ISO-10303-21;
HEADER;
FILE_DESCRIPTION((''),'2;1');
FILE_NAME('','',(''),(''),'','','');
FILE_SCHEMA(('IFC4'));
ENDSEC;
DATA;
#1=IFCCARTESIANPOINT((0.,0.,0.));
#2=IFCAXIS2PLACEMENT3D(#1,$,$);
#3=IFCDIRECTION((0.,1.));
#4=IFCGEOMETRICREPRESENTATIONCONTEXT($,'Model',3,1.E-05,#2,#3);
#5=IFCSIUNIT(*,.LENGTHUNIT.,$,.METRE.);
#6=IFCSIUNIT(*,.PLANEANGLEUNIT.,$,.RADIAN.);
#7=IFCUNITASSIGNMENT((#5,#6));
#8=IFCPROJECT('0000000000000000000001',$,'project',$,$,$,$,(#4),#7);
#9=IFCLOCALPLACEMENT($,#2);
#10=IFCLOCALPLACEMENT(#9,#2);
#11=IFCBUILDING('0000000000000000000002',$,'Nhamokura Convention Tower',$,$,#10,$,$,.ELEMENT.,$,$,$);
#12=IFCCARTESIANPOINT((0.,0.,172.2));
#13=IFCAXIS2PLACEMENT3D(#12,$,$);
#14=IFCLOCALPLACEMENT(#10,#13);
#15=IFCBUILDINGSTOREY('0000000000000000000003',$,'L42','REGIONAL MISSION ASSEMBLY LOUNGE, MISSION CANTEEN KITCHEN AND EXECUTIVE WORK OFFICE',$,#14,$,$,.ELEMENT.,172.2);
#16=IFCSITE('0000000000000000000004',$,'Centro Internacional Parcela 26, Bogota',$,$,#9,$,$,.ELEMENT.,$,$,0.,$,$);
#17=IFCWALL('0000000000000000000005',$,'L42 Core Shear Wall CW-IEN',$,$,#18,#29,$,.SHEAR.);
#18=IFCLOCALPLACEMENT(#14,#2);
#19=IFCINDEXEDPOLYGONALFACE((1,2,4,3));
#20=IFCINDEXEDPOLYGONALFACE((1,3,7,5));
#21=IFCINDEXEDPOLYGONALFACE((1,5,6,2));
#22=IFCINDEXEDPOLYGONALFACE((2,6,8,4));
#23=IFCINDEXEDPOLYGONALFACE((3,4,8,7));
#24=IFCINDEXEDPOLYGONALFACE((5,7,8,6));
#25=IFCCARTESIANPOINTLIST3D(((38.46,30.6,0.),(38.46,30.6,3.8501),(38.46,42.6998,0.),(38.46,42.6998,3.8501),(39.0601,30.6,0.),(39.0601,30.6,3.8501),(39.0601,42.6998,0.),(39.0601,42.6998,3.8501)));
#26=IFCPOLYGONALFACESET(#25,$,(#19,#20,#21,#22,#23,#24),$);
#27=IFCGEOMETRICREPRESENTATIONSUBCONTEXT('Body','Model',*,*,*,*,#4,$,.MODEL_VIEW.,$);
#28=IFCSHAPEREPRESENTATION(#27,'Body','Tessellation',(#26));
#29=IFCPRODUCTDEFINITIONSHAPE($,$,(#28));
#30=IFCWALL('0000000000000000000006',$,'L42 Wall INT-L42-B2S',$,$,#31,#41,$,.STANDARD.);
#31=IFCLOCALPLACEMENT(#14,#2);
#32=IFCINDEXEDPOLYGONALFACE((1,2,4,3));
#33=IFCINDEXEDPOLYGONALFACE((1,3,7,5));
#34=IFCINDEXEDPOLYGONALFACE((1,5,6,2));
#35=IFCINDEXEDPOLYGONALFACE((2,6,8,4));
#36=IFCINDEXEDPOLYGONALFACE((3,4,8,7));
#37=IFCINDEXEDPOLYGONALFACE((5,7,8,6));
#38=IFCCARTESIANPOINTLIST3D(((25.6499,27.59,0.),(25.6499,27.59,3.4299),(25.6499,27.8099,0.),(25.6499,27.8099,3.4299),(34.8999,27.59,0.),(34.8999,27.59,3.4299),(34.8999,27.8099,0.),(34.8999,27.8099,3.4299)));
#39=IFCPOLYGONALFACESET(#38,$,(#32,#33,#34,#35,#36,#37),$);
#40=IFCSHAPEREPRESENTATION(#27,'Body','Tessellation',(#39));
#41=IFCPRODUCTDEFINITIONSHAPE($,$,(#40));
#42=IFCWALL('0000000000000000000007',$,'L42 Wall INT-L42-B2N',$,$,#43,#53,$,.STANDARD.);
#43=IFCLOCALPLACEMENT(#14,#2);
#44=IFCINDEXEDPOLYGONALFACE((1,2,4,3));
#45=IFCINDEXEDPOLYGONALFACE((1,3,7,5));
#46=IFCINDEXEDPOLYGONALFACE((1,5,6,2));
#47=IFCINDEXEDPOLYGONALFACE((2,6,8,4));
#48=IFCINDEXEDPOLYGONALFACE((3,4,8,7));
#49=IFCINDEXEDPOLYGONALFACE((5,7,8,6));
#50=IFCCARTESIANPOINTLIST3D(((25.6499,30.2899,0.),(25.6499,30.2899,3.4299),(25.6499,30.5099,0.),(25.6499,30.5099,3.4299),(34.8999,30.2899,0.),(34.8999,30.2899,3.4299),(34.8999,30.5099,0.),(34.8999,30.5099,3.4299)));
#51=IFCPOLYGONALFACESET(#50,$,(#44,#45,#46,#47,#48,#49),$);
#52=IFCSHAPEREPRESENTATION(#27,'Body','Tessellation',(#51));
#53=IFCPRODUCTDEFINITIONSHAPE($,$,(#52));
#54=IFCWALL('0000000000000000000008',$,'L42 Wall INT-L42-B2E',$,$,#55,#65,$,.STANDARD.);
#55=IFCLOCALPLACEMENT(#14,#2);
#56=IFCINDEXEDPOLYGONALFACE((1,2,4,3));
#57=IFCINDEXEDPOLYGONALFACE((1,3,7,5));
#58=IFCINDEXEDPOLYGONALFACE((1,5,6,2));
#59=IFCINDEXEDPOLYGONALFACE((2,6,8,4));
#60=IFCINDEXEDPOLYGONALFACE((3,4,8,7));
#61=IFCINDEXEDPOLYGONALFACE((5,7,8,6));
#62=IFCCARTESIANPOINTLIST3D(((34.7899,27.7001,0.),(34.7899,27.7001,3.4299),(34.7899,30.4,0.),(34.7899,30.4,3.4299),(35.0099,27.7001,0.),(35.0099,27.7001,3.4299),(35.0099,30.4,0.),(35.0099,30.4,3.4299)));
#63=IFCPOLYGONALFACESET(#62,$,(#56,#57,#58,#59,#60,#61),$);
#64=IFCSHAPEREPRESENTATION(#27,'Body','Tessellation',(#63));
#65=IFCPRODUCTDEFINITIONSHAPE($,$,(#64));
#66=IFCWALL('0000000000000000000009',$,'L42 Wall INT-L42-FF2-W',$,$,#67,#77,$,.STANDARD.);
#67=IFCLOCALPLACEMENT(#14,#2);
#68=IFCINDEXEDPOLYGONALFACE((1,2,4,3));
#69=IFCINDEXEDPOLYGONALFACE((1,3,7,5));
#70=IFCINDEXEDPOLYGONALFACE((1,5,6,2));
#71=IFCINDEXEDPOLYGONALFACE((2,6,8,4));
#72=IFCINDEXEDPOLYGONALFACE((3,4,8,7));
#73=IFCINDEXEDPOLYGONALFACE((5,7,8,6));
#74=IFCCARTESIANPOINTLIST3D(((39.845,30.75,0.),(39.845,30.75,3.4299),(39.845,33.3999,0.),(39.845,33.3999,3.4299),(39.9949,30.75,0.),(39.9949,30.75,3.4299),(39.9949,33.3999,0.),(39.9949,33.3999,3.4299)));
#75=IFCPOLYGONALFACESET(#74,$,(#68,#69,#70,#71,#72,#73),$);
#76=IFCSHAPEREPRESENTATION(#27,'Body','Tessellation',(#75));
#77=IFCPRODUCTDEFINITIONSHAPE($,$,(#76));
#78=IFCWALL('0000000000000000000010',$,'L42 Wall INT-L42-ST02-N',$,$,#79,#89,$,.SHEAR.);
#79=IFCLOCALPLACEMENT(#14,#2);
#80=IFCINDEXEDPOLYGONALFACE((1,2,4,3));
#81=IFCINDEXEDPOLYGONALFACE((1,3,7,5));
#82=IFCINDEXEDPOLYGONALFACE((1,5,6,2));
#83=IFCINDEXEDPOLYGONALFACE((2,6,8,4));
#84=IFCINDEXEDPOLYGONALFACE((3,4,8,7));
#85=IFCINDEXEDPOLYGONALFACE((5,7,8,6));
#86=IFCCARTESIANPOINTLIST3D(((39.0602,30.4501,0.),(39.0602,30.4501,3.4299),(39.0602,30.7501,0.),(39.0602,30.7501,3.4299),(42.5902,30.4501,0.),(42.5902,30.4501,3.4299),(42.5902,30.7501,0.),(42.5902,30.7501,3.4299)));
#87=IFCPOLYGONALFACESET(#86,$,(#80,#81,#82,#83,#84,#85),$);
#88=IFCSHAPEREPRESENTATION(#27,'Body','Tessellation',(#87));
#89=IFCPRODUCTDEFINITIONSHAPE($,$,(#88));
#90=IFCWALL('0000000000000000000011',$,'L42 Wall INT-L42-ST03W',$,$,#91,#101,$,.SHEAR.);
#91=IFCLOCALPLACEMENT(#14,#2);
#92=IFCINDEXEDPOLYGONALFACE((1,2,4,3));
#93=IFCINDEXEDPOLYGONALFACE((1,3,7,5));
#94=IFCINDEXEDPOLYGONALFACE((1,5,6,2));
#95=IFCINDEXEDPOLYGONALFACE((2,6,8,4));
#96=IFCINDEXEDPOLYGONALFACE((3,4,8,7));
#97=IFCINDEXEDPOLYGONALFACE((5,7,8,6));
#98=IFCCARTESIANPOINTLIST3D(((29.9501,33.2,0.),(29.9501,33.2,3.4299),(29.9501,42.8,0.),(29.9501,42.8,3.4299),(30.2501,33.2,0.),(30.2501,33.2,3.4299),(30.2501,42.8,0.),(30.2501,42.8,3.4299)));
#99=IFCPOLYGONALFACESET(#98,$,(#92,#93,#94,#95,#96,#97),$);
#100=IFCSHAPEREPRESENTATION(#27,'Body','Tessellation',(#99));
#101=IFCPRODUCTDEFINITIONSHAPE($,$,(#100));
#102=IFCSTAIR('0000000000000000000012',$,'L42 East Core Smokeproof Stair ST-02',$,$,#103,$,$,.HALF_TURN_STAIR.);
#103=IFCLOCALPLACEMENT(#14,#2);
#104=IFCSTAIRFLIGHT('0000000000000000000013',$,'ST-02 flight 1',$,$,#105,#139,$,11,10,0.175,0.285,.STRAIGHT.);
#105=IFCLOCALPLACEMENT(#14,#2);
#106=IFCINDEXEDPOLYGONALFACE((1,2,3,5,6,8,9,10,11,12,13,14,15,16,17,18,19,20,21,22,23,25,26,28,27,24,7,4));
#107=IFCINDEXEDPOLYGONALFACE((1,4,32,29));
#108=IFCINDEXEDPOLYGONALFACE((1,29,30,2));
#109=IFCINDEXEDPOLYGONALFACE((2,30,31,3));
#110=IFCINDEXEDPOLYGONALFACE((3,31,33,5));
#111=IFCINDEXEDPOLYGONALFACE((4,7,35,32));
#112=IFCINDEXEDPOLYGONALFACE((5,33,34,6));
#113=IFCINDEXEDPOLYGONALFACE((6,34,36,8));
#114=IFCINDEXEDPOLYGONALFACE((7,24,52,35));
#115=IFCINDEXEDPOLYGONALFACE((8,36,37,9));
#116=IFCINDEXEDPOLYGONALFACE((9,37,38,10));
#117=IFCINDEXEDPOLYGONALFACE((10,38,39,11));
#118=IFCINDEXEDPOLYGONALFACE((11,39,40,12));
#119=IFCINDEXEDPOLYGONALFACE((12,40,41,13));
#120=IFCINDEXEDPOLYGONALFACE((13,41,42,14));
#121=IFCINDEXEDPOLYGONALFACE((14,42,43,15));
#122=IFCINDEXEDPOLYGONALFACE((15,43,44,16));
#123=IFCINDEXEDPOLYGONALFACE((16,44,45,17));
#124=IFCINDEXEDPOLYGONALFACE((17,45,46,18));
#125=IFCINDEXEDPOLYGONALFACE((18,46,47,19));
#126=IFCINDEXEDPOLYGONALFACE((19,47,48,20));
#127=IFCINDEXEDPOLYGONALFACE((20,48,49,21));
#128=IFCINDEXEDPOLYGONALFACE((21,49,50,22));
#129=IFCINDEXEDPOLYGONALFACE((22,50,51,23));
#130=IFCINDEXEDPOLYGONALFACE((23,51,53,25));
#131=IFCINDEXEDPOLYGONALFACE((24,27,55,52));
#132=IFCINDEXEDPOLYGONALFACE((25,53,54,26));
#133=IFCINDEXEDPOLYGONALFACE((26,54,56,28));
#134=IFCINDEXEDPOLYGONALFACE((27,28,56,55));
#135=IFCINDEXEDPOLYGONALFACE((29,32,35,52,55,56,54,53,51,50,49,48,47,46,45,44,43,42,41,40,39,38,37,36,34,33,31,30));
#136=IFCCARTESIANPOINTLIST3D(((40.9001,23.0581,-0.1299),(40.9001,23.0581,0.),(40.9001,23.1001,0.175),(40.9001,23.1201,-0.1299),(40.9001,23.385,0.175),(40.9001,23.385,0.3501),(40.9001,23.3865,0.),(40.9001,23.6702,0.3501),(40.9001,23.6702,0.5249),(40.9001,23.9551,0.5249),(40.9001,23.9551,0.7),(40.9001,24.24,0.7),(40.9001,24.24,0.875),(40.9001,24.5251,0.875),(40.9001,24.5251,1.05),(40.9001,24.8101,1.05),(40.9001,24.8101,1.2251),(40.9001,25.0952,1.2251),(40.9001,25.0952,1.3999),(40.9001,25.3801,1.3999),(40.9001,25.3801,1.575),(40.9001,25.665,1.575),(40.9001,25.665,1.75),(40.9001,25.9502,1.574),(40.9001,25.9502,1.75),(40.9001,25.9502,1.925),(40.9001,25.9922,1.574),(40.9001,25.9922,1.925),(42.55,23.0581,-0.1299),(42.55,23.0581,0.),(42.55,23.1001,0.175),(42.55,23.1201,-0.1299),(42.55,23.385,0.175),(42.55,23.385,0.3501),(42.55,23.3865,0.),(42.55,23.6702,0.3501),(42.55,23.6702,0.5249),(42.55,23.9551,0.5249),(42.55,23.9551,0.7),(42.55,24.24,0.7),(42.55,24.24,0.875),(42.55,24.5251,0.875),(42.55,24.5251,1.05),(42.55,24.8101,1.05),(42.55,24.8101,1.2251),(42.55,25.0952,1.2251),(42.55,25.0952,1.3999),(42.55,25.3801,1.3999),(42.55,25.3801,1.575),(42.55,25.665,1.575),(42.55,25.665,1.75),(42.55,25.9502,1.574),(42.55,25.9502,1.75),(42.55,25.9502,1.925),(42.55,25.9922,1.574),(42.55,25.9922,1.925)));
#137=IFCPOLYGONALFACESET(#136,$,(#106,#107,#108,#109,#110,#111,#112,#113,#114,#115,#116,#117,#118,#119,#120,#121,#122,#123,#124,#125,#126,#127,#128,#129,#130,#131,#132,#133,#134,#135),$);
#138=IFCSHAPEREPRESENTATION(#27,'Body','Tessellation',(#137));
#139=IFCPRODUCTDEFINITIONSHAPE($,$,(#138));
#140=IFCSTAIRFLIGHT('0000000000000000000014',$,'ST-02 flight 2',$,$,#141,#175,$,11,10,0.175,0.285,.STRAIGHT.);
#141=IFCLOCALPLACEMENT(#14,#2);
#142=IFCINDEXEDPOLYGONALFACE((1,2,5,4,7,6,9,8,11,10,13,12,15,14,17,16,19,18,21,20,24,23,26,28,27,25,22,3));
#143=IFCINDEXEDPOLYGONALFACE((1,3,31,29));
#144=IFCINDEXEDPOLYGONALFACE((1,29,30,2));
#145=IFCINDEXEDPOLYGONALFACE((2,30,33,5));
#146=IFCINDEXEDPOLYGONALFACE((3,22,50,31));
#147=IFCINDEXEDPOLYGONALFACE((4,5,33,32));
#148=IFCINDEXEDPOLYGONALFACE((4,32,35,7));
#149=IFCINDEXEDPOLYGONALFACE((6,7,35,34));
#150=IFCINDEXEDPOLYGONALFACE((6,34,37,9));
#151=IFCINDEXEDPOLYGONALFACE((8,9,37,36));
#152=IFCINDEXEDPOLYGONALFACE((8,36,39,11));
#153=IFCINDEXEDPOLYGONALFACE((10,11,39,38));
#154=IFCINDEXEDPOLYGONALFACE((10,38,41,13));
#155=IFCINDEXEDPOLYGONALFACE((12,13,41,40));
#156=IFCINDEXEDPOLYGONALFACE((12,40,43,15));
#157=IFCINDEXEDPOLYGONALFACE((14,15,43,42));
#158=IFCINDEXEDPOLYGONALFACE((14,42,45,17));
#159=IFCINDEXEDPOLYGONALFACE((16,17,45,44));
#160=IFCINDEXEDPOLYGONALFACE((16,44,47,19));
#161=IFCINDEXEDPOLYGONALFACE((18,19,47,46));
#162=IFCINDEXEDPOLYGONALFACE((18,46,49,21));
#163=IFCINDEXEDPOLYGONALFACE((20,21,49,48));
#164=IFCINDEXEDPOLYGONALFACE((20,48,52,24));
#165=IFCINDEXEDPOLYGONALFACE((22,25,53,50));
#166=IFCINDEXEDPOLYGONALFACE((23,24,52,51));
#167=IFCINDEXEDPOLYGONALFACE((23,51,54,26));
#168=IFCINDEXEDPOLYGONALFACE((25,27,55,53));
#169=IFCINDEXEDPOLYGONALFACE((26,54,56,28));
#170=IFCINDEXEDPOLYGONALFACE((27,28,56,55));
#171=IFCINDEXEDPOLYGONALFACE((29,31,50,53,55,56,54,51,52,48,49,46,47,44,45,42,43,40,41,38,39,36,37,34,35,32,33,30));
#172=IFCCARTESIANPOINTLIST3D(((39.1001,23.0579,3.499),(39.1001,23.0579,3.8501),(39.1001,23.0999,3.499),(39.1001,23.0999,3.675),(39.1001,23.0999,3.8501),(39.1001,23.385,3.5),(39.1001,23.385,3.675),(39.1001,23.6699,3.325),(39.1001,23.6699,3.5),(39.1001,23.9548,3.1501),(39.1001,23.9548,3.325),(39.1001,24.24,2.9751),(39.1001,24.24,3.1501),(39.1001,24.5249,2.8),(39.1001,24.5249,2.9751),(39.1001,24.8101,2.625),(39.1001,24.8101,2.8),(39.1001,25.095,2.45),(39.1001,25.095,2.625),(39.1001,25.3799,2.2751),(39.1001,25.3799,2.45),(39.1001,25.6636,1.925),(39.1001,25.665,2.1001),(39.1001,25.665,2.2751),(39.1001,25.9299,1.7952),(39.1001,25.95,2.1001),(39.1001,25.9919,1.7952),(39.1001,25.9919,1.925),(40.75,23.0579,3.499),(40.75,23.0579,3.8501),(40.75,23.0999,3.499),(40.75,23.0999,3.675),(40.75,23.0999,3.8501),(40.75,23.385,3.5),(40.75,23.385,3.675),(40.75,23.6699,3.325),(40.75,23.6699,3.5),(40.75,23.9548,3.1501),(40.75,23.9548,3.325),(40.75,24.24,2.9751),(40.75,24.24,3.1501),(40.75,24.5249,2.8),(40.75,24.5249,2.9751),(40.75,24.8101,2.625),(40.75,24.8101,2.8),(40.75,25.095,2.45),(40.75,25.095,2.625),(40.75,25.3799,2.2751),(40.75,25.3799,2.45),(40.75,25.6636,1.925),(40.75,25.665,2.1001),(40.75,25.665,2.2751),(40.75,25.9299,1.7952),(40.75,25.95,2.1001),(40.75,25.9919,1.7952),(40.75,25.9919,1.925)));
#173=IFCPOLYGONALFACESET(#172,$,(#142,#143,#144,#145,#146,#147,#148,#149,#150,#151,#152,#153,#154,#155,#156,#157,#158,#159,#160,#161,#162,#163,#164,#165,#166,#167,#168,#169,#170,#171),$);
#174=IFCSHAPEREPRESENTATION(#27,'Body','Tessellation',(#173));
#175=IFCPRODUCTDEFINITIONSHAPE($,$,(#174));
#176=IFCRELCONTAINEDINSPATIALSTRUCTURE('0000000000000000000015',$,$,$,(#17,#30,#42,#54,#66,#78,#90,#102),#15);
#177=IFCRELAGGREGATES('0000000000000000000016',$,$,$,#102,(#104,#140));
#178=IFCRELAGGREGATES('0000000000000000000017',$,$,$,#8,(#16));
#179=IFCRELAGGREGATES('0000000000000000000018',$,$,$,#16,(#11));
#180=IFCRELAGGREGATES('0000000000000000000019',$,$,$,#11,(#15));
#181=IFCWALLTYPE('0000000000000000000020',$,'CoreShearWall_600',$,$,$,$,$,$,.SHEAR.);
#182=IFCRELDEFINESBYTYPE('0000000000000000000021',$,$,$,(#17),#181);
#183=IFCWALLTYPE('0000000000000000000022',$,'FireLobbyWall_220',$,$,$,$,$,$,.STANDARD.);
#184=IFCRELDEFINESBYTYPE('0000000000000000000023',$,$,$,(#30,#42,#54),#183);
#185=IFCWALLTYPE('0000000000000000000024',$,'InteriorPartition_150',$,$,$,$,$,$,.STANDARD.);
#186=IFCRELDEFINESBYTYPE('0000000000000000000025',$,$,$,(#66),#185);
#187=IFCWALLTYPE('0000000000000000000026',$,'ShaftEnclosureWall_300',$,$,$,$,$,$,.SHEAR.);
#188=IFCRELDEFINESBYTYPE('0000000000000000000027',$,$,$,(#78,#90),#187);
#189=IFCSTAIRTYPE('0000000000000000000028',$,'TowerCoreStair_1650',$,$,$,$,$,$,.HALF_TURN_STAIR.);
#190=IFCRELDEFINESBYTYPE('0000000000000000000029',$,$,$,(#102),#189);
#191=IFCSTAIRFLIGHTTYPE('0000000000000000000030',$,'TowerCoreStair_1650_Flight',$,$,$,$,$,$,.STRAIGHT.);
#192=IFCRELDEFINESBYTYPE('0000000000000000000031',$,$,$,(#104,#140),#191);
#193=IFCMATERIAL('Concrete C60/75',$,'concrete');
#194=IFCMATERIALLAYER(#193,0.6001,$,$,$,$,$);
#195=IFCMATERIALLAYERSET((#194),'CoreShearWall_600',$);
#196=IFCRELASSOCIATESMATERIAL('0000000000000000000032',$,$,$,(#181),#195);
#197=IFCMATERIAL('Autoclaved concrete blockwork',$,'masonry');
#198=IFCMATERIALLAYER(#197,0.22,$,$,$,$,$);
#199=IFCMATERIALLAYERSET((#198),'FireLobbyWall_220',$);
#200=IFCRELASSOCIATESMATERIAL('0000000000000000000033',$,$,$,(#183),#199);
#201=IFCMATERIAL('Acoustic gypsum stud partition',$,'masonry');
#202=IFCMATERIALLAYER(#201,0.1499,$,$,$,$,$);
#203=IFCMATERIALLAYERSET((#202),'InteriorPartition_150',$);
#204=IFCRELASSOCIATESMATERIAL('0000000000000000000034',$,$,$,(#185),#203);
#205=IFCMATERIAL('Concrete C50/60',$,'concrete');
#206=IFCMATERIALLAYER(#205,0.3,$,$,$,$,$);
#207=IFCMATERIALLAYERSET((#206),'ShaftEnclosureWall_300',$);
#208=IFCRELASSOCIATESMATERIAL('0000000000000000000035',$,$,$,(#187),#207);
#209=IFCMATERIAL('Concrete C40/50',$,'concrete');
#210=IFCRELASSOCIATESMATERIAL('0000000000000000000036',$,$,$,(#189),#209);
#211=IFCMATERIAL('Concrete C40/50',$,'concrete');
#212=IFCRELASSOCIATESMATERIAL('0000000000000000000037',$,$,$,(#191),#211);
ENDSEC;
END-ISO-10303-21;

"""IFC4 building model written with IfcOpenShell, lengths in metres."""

from ifc_helpers import new_model, si_unit, direction, frame, frame_2d, origin, place, context, subcontext, project, spatial, polyline, rectangle, outline, extrude, material, layer, layer_set, type_object, element, aggregate, save


model = new_model("IFC4")

# Units and contexts
model_context = context("Model", 3, precision=1e-05, world=origin(), true_north=direction((0.0, 1.0)))
body_context = subcontext(model_context, "Body", "Model", "MODEL_VIEW")
ifc_project = project(units=[si_unit("LENGTHUNIT", "METRE"), si_unit("PLANEANGLEUNIT", "RADIAN")], contexts=[model_context])

# Site, building, storey
site_placement = place(None, origin())
site = spatial("IfcSite", under=ifc_project, at=site_placement, Name="Centro Internacional Parcela 26, Bogota", CompositionType="ELEMENT", RefElevation=0.0)
building_placement = place(site_placement, origin())
building = spatial("IfcBuilding", under=site, at=building_placement, Name="Nhamokura Convention Tower", CompositionType="ELEMENT")
storey_placement = place(building_placement, frame((0.0, 0.0, 172.2)))
storey = spatial("IfcBuildingStorey", under=building, at=storey_placement, Name="L42", Description="REGIONAL MISSION ASSEMBLY LOUNGE, MISSION CANTEEN KITCHEN AND EXECUTIVE WORK OFFICE", CompositionType="ELEMENT", Elevation=172.2)

# Shared definitions
ifc_material_1 = material(Name="Concrete C60/75", Category="concrete")
ifc_layer_1 = layer(ifc_material_1, 0.6001)
ifc_layer_set_1 = layer_set([ifc_layer_1], Name="CoreShearWall_600")
wall_type_1 = type_object("IfcWallType", Name="CoreShearWall_600", PredefinedType="SHEAR", material=ifc_layer_set_1)

# Wall
wall_1_placement = place(storey_placement, frame((38.76, 30.6001, 0.0), z_axis=(0.0, 0.0, 1.0), x_axis=(0.0, 1.0, 0.0)))
element("IfcWall", 1, at=wall_1_placement, inside=storey, type_object=wall_type_1, Name="L42 Core Shear Wall CW-IEN", PredefinedType="SHEAR", context=body_context, shape_type="SweptSolid", body=[
    extrude(rectangle(XDim=12.0999, YDim=0.6001, at=frame_2d((6.0498, 0.0))), origin(), (0.0, 0.0, 1.0), 3.8501),
])

# Shared definitions
ifc_material_2 = material(Name="Autoclaved concrete blockwork", Category="masonry")
ifc_layer_2 = layer(ifc_material_2, 0.22)
ifc_layer_set_2 = layer_set([ifc_layer_2], Name="FireLobbyWall_220")
wall_type_2 = type_object("IfcWallType", Name="FireLobbyWall_220", PredefinedType="STANDARD", material=ifc_layer_set_2)

# Walls
for number, where, z_axis, x_axis, name in (
    (2, (25.6499, 27.7, 0.0), (0.0, 0.0, 1.0), (1.0, 0.0, 0.0), "L42 Wall INT-L42-B2S"),
    (3, (25.6499, 30.3999, 0.0), (0.0, 0.0, 1.0), (1.0, 0.0, 0.0), "L42 Wall INT-L42-B2N"),
):
    element("IfcWall", number, at=place(storey_placement, frame(where, z_axis=z_axis, x_axis=x_axis)), inside=storey, type_object=wall_type_2, Name=name, PredefinedType="STANDARD", context=body_context, shape_type="SweptSolid", body=[
        extrude(rectangle(XDim=9.25, YDim=0.22, at=frame_2d((4.625, 0.0))), origin(), (0.0, 0.0, 1.0), 3.4299),
    ])
wall_2_placement = place(storey_placement, frame((34.8999, 27.7, 0.0), z_axis=(0.0, 0.0, 1.0), x_axis=(0.0, 1.0, 0.0)))
element("IfcWall", 4, at=wall_2_placement, inside=storey, type_object=wall_type_2, Name="L42 Wall INT-L42-B2E", PredefinedType="STANDARD", context=body_context, shape_type="SweptSolid", body=[
    extrude(rectangle(XDim=2.7, YDim=0.22, at=frame_2d((1.3501, 0.0))), origin(), (0.0, 0.0, 1.0), 3.4299),
])
ifc_material_3 = material(Name="Acoustic gypsum stud partition", Category="masonry")
ifc_layer_3 = layer(ifc_material_3, 0.1499)
ifc_layer_set_3 = layer_set([ifc_layer_3], Name="InteriorPartition_150")
wall_type_3 = type_object("IfcWallType", Name="InteriorPartition_150", PredefinedType="STANDARD", material=ifc_layer_set_3)
wall_3_placement = place(storey_placement, frame((39.9199, 30.75, 0.0), z_axis=(0.0, 0.0, 1.0), x_axis=(0.0, 1.0, 0.0)))
element("IfcWall", 5, at=wall_3_placement, inside=storey, type_object=wall_type_3, Name="L42 Wall INT-L42-FF2-W", PredefinedType="STANDARD", context=body_context, shape_type="SweptSolid", body=[
    extrude(rectangle(XDim=2.6499, YDim=0.1499, at=frame_2d((1.325, 0.0))), origin(), (0.0, 0.0, 1.0), 3.4299),
])
ifc_material_4 = material(Name="Concrete C50/60", Category="concrete")
ifc_layer_4 = layer(ifc_material_4, 0.3)
ifc_layer_set_4 = layer_set([ifc_layer_4], Name="ShaftEnclosureWall_300")
wall_type_4 = type_object("IfcWallType", Name="ShaftEnclosureWall_300", PredefinedType="SHEAR", material=ifc_layer_set_4)
wall_4_placement = place(storey_placement, frame((39.0601, 30.6001, 0.0), z_axis=(0.0, 0.0, 1.0), x_axis=(1.0, 0.0, 0.0)))
element("IfcWall", 6, at=wall_4_placement, inside=storey, type_object=wall_type_4, Name="L42 Wall INT-L42-ST02-N", PredefinedType="SHEAR", context=body_context, shape_type="SweptSolid", body=[
    extrude(rectangle(XDim=3.53, YDim=0.3, at=frame_2d((1.7651, 0.0))), origin(), (0.0, 0.0, 1.0), 3.4299),
])
wall_5_placement = place(storey_placement, frame((30.1001, 33.2, 0.0), z_axis=(0.0, 0.0, 1.0), x_axis=(0.0, 1.0, 0.0)))
element("IfcWall", 7, at=wall_5_placement, inside=storey, type_object=wall_type_4, Name="L42 Wall INT-L42-ST03W", PredefinedType="SHEAR", context=body_context, shape_type="SweptSolid", body=[
    extrude(rectangle(XDim=9.6001, YDim=0.3, at=frame_2d((4.8, 0.0))), origin(), (0.0, 0.0, 1.0), 3.4299),
])

# Stair, stair flights
ifc_material_5 = material(Name="Concrete C40/50", Category="concrete")
stair_type = type_object("IfcStairType", Name="TowerCoreStair_1650", PredefinedType="HALF_TURN_STAIR", material=ifc_material_5)
stair_placement = place(storey_placement, origin())
stair = element("IfcStair", 8, at=stair_placement, inside=storey, type_object=stair_type, Name="L42 East Core Smokeproof Stair ST-02", PredefinedType="HALF_TURN_STAIR")
ifc_material_6 = material(Name="Concrete C40/50", Category="concrete")
stair_flight_type = type_object("IfcStairFlightType", Name="TowerCoreStair_1650_Flight", PredefinedType="STRAIGHT", material=ifc_material_6)
stair_flight_1_placement = place(storey_placement, frame((41.7251, 23.1001, 0.0), z_axis=(0.0, 0.0, 1.0), x_axis=(0.0, 1.0, 0.0)))
stair_flight_1 = element("IfcStairFlight", 9, at=stair_flight_1_placement, type_object=stair_flight_type, Name="ST-02 flight 1", NumberOfRisers=11, NumberOfTreads=10, PredefinedType="STRAIGHT", RiserHeight=0.175, TreadLength=0.285, context=body_context, shape_type="SweptSolid", body=[
    extrude(outline(polyline([(-0.042, 0.0), (0.0, 0.175), (0.2849, 0.175), (0.2849, 0.3501), (0.5701, 0.3501), (0.5701, 0.5249), (0.855, 0.5249), (0.855, 0.7), (1.1399, 0.7), (1.1399, 0.875), (1.425, 0.875), (1.425, 1.05), (1.71, 1.05), (1.71, 1.2251), (1.9951, 1.2251), (1.9951, 1.3999), (2.28, 1.3999), (2.28, 1.575), (2.5649, 1.575), (2.5649, 1.75), (2.8501, 1.75), (2.8501, 1.925), (2.8921, 1.925), (2.8921, 1.574), (2.8501, 1.574), (0.2864, 0.0), (0.02, -0.1299), (-0.042, -0.1299), (-0.042, 0.0)])), frame((0.0, 0.825, 0.0), z_axis=(0.0, -1.0, 0.0), x_axis=(1.0, 0.0, 0.0)), (0.0, 0.0, 1.0), 1.6499),
])
stair_flight_2_placement = place(storey_placement, frame((39.925, 25.95, 1.925), z_axis=(0.0, 0.0, 1.0), x_axis=(0.0, -1.0, 0.0)))
stair_flight_2 = element("IfcStairFlight", 10, at=stair_flight_2_placement, type_object=stair_flight_type, Name="ST-02 flight 2", NumberOfRisers=11, NumberOfTreads=10, PredefinedType="STRAIGHT", RiserHeight=0.175, TreadLength=0.285, context=body_context, shape_type="SweptSolid", body=[
    extrude(outline(polyline([(-0.042, 0.0), (0.0, 0.175), (0.2849, 0.175), (0.2849, 0.3501), (0.5701, 0.3501), (0.5701, 0.5249), (0.855, 0.5249), (0.855, 0.7), (1.1399, 0.7), (1.1399, 0.875), (1.425, 0.875), (1.425, 1.05), (1.71, 1.05), (1.71, 1.2251), (1.9951, 1.2251), (1.9951, 1.3999), (2.28, 1.3999), (2.28, 1.575), (2.5649, 1.575), (2.5649, 1.75), (2.8501, 1.75), (2.8501, 1.925), (2.8921, 1.925), (2.8921, 1.574), (2.8501, 1.574), (0.2864, 0.0), (0.02, -0.1299), (-0.042, -0.1299), (-0.042, 0.0)])), frame((0.0, 0.825, 0.0), z_axis=(0.0, -1.0, 0.0), x_axis=(1.0, 0.0, 0.0)), (0.0, 0.0, 1.0), 1.6499),
])
aggregate(stair, [stair_flight_1, stair_flight_2])

save(model, "model.ifc")
